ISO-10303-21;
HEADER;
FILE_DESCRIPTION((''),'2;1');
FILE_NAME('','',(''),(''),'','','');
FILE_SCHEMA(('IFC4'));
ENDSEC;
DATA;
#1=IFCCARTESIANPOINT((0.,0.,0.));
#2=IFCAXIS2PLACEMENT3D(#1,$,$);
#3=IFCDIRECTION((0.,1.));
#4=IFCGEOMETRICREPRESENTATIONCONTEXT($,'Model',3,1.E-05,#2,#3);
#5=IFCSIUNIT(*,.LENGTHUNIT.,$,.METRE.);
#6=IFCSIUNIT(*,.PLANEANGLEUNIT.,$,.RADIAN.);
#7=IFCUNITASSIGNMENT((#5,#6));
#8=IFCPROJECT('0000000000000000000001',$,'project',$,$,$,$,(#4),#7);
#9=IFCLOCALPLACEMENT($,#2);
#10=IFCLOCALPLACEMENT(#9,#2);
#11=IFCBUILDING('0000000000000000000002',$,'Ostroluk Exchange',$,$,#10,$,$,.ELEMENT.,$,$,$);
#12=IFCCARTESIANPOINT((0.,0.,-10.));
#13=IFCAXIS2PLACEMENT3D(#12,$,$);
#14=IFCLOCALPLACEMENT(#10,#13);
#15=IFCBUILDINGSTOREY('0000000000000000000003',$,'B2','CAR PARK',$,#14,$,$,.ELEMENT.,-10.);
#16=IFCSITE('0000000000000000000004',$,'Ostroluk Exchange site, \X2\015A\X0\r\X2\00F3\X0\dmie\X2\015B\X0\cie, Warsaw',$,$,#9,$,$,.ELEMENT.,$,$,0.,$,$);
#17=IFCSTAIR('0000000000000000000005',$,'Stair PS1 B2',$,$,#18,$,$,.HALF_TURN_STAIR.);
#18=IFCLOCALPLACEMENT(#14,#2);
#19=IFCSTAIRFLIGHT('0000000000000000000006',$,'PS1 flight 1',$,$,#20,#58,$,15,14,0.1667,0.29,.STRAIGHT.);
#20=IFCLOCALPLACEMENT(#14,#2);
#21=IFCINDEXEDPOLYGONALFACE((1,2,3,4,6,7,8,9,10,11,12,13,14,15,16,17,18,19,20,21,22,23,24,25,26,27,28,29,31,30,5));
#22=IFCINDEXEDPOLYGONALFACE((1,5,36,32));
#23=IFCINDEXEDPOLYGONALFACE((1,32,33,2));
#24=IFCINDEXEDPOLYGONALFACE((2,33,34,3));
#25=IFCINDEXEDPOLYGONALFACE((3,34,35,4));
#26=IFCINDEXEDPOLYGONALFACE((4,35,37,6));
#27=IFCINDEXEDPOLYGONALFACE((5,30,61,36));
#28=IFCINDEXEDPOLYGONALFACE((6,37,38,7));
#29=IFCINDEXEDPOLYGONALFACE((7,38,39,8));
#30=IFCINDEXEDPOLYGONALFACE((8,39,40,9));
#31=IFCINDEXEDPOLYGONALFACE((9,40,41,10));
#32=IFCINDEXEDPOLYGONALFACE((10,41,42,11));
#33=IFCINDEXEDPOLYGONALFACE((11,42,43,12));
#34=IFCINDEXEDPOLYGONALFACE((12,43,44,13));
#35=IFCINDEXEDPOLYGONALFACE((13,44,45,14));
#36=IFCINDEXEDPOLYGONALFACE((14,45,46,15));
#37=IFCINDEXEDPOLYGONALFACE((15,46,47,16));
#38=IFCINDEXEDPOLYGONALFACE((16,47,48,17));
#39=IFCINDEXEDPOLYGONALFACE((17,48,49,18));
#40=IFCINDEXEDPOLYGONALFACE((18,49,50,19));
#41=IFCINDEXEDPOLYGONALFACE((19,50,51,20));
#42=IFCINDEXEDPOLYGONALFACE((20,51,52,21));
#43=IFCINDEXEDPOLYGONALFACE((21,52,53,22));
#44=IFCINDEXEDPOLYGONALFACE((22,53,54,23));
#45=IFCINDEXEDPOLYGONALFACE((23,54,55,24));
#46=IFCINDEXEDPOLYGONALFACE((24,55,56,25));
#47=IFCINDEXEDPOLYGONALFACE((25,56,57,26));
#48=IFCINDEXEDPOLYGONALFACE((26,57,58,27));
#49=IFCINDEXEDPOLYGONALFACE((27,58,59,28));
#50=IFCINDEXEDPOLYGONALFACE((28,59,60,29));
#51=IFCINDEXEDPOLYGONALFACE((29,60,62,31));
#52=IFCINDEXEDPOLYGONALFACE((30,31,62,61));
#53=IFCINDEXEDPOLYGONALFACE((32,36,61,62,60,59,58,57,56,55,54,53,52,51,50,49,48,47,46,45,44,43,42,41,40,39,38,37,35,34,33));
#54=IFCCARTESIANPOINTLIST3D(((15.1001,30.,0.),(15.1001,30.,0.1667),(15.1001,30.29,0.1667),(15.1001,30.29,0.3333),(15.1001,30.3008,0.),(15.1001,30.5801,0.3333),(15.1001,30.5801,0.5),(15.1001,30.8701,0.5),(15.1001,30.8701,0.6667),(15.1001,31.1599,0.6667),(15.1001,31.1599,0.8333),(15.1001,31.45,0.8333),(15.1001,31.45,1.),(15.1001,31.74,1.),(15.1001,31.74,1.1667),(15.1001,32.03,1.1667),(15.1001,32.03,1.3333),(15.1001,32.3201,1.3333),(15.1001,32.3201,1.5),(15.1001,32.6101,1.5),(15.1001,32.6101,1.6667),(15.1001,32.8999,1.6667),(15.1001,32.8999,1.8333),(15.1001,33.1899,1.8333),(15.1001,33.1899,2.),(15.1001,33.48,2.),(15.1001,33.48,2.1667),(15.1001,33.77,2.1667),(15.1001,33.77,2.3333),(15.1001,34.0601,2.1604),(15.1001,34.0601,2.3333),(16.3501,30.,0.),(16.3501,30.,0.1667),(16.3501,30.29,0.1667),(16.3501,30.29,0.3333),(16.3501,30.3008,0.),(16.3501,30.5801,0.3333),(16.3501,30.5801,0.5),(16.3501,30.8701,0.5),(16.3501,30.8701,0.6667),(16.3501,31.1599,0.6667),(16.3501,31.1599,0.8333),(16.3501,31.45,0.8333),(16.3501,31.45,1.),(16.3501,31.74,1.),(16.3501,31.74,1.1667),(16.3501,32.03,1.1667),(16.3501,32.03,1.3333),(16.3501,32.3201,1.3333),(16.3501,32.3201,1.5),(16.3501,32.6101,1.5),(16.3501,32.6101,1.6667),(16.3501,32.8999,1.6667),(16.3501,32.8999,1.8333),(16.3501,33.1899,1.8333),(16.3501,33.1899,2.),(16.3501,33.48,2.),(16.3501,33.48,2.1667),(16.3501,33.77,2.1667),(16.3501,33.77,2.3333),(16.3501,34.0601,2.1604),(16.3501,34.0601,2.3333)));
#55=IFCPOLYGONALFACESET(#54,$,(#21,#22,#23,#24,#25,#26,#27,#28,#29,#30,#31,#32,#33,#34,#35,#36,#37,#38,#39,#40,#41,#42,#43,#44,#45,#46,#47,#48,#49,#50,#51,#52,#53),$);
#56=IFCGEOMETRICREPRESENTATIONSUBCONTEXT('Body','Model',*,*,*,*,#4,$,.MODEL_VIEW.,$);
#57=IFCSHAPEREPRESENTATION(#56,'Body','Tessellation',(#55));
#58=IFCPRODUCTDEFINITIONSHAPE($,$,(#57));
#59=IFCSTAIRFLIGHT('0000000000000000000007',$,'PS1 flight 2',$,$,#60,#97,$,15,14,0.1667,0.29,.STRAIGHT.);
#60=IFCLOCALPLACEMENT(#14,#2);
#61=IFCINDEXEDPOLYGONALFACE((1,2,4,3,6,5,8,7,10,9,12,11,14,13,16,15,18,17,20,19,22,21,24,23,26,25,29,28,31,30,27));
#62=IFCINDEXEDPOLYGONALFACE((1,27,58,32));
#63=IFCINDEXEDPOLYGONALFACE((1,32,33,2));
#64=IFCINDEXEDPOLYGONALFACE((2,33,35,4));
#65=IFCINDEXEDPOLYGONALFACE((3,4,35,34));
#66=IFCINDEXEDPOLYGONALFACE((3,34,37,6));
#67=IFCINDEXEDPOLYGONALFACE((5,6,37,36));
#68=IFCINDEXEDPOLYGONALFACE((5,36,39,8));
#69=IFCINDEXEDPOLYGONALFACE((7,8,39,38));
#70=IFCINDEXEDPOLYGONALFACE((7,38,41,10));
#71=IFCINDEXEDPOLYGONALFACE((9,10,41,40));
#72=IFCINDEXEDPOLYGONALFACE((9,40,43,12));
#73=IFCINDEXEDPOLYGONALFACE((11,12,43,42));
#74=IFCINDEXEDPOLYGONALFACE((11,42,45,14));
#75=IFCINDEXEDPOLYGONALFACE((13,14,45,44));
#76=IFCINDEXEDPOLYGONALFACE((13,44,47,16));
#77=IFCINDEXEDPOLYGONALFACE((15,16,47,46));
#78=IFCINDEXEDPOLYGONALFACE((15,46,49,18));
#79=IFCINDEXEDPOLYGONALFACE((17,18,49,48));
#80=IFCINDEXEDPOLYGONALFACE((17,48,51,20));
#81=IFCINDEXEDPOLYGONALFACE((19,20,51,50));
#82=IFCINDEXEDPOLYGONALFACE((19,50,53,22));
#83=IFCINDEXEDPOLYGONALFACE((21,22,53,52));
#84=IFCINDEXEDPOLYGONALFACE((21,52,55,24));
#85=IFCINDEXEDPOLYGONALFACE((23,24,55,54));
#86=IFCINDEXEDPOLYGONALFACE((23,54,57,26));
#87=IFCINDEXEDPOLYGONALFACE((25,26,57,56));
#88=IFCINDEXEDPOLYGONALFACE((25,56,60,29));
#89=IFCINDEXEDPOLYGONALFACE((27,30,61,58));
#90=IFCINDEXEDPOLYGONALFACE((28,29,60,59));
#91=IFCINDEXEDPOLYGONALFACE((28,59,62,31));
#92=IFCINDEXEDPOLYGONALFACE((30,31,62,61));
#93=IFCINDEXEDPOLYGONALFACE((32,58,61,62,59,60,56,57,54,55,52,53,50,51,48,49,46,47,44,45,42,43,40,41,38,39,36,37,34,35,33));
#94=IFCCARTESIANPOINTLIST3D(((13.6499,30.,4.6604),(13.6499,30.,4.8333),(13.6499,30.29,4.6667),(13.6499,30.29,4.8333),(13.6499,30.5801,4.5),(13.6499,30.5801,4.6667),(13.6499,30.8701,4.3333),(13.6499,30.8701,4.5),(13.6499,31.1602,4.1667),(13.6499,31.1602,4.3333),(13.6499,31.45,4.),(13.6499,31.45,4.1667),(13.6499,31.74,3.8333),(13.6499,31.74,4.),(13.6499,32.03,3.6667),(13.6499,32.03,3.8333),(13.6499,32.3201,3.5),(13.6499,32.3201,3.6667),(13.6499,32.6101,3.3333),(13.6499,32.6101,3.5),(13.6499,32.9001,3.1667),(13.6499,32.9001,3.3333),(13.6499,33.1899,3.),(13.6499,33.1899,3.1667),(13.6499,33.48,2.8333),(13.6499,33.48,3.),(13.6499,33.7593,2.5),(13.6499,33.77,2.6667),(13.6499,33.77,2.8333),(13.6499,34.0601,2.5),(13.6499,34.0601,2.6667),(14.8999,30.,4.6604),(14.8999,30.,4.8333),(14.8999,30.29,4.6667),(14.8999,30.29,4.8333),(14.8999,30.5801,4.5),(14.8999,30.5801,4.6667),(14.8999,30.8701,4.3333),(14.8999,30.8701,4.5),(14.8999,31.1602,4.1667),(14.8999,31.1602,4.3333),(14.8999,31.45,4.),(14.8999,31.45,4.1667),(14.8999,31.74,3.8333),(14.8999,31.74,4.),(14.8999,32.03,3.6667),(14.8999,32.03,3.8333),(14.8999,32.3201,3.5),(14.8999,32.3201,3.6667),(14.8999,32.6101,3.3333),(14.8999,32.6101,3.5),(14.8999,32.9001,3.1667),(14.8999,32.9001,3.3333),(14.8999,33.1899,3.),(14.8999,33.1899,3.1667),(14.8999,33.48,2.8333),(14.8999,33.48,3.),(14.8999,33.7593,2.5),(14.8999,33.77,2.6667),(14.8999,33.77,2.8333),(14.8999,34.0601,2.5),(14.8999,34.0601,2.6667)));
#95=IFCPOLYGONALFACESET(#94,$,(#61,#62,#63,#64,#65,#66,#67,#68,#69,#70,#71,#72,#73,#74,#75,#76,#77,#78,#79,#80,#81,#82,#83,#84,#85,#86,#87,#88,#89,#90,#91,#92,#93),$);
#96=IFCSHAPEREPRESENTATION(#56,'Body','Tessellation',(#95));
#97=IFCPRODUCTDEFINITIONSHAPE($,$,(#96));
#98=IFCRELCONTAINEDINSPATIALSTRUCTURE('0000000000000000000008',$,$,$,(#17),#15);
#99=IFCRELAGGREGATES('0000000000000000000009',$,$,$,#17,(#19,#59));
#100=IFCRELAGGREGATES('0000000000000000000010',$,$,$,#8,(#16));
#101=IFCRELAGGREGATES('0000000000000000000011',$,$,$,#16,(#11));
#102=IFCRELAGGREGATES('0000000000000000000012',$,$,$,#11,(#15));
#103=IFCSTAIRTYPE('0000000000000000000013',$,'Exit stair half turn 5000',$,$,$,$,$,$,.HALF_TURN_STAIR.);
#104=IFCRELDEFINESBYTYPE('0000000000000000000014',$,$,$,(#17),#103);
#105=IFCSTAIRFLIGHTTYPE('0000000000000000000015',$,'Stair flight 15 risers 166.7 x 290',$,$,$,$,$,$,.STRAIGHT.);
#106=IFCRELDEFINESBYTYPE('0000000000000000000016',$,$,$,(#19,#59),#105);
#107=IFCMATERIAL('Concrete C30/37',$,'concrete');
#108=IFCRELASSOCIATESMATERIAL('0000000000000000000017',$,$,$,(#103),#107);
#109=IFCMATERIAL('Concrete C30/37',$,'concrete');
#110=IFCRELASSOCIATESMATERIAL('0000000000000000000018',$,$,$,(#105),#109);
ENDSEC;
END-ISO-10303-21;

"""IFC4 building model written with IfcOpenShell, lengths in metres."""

from ifc_helpers import new_model, si_unit, direction, frame, origin, place, context, subcontext, project, spatial, polyline, outline, extrude, material, type_object, element, aggregate, save


model = new_model("IFC4")

# Units and contexts
model_context = context("Model", 3, precision=1e-05, world=origin(), true_north=direction((0.0, 1.0)))
body_context = subcontext(model_context, "Body", "Model", "MODEL_VIEW")
ifc_project = project(units=[si_unit("LENGTHUNIT", "METRE"), si_unit("PLANEANGLEUNIT", "RADIAN")], contexts=[model_context])

# Site, building, storey
site_placement = place(None, origin())
site = spatial("IfcSite", under=ifc_project, at=site_placement, Name="Ostroluk Exchange site, Śródmieście, Warsaw", CompositionType="ELEMENT", RefElevation=0.0)
building_placement = place(site_placement, origin())
building = spatial("IfcBuilding", under=site, at=building_placement, Name="Ostroluk Exchange", CompositionType="ELEMENT")
storey_placement = place(building_placement, frame((0.0, 0.0, -10.0)))
storey = spatial("IfcBuildingStorey", under=building, at=storey_placement, Name="B2", Description="CAR PARK", CompositionType="ELEMENT", Elevation=-10.0)

# Stair, stair flights
ifc_material_1 = material(Name="Concrete C30/37", Category="concrete")
stair_type = type_object("IfcStairType", Name="Exit stair half turn 5000", PredefinedType="HALF_TURN_STAIR", material=ifc_material_1)
stair_placement = place(storey_placement, origin())
stair = element("IfcStair", 1, at=stair_placement, inside=storey, type_object=stair_type, Name="Stair PS1 B2", PredefinedType="HALF_TURN_STAIR")
ifc_material_2 = material(Name="Concrete C30/37", Category="concrete")
stair_flight_type = type_object("IfcStairFlightType", Name="Stair flight 15 risers 166.7 x 290", PredefinedType="STRAIGHT", material=ifc_material_2)
stair_flight_1_placement = place(storey_placement, frame((15.7251, 30.0, 0.0), z_axis=(0.0, 0.0, 1.0), x_axis=(0.0, 1.0, 0.0)))
stair_flight_1 = element("IfcStairFlight", 2, at=stair_flight_1_placement, type_object=stair_flight_type, Name="PS1 flight 1", NumberOfRisers=15, NumberOfTreads=14, PredefinedType="STRAIGHT", RiserHeight=0.1667, TreadLength=0.29, context=body_context, shape_type="SweptSolid", body=[
    extrude(outline(polyline([(0.0, 0.0), (0.0, 0.1667), (0.29, 0.1667), (0.29, 0.3333), (0.5801, 0.3333), (0.5801, 0.5), (0.8701, 0.5), (0.8701, 0.6667), (1.1599, 0.6667), (1.1599, 0.8333), (1.45, 0.8333), (1.45, 1.0), (1.74, 1.0), (1.74, 1.1667), (2.03, 1.1667), (2.03, 1.3333), (2.3201, 1.3333), (2.3201, 1.5), (2.6101, 1.5), (2.6101, 1.6667), (2.8999, 1.6667), (2.8999, 1.8333), (3.1899, 1.8333), (3.1899, 2.0), (3.48, 2.0), (3.48, 2.1667), (3.77, 2.1667), (3.77, 2.3333), (4.0601, 2.3333), (4.0601, 2.5), (4.0601, 2.1604), (0.3008, 0.0), (0.0, 0.0)])), frame((0.0, 0.625, 0.0), z_axis=(0.0, -1.0, 0.0), x_axis=(1.0, 0.0, 0.0)), (0.0, 0.0, 1.0), 1.25),
])
stair_flight_2_placement = place(storey_placement, frame((14.2749, 34.0601, 2.5), z_axis=(0.0, 0.0, 1.0), x_axis=(0.0, -1.0, 0.0)))
stair_flight_2 = element("IfcStairFlight", 3, at=stair_flight_2_placement, type_object=stair_flight_type, Name="PS1 flight 2", NumberOfRisers=15, NumberOfTreads=14, PredefinedType="STRAIGHT", RiserHeight=0.1667, TreadLength=0.29, context=body_context, shape_type="SweptSolid", body=[
    extrude(outline(polyline([(0.0, 0.0), (0.0, 0.1667), (0.29, 0.1667), (0.29, 0.3333), (0.5801, 0.3333), (0.5801, 0.5), (0.8701, 0.5), (0.8701, 0.6667), (1.1599, 0.6667), (1.1599, 0.8333), (1.45, 0.8333), (1.45, 1.0), (1.74, 1.0), (1.74, 1.1667), (2.03, 1.1667), (2.03, 1.3333), (2.3201, 1.3333), (2.3201, 1.5), (2.6101, 1.5), (2.6101, 1.6667), (2.8999, 1.6667), (2.8999, 1.8333), (3.1899, 1.8333), (3.1899, 2.0), (3.48, 2.0), (3.48, 2.1667), (3.77, 2.1667), (3.77, 2.3333), (4.0601, 2.3333), (4.0601, 2.5), (4.0601, 2.1604), (0.3008, 0.0), (0.0, 0.0)])), frame((0.0, 0.625, 0.0), z_axis=(0.0, -1.0, 0.0), x_axis=(1.0, 0.0, 0.0)), (0.0, 0.0, 1.0), 1.25),
])
aggregate(stair, [stair_flight_1, stair_flight_2])

save(model, "model.ifc")
